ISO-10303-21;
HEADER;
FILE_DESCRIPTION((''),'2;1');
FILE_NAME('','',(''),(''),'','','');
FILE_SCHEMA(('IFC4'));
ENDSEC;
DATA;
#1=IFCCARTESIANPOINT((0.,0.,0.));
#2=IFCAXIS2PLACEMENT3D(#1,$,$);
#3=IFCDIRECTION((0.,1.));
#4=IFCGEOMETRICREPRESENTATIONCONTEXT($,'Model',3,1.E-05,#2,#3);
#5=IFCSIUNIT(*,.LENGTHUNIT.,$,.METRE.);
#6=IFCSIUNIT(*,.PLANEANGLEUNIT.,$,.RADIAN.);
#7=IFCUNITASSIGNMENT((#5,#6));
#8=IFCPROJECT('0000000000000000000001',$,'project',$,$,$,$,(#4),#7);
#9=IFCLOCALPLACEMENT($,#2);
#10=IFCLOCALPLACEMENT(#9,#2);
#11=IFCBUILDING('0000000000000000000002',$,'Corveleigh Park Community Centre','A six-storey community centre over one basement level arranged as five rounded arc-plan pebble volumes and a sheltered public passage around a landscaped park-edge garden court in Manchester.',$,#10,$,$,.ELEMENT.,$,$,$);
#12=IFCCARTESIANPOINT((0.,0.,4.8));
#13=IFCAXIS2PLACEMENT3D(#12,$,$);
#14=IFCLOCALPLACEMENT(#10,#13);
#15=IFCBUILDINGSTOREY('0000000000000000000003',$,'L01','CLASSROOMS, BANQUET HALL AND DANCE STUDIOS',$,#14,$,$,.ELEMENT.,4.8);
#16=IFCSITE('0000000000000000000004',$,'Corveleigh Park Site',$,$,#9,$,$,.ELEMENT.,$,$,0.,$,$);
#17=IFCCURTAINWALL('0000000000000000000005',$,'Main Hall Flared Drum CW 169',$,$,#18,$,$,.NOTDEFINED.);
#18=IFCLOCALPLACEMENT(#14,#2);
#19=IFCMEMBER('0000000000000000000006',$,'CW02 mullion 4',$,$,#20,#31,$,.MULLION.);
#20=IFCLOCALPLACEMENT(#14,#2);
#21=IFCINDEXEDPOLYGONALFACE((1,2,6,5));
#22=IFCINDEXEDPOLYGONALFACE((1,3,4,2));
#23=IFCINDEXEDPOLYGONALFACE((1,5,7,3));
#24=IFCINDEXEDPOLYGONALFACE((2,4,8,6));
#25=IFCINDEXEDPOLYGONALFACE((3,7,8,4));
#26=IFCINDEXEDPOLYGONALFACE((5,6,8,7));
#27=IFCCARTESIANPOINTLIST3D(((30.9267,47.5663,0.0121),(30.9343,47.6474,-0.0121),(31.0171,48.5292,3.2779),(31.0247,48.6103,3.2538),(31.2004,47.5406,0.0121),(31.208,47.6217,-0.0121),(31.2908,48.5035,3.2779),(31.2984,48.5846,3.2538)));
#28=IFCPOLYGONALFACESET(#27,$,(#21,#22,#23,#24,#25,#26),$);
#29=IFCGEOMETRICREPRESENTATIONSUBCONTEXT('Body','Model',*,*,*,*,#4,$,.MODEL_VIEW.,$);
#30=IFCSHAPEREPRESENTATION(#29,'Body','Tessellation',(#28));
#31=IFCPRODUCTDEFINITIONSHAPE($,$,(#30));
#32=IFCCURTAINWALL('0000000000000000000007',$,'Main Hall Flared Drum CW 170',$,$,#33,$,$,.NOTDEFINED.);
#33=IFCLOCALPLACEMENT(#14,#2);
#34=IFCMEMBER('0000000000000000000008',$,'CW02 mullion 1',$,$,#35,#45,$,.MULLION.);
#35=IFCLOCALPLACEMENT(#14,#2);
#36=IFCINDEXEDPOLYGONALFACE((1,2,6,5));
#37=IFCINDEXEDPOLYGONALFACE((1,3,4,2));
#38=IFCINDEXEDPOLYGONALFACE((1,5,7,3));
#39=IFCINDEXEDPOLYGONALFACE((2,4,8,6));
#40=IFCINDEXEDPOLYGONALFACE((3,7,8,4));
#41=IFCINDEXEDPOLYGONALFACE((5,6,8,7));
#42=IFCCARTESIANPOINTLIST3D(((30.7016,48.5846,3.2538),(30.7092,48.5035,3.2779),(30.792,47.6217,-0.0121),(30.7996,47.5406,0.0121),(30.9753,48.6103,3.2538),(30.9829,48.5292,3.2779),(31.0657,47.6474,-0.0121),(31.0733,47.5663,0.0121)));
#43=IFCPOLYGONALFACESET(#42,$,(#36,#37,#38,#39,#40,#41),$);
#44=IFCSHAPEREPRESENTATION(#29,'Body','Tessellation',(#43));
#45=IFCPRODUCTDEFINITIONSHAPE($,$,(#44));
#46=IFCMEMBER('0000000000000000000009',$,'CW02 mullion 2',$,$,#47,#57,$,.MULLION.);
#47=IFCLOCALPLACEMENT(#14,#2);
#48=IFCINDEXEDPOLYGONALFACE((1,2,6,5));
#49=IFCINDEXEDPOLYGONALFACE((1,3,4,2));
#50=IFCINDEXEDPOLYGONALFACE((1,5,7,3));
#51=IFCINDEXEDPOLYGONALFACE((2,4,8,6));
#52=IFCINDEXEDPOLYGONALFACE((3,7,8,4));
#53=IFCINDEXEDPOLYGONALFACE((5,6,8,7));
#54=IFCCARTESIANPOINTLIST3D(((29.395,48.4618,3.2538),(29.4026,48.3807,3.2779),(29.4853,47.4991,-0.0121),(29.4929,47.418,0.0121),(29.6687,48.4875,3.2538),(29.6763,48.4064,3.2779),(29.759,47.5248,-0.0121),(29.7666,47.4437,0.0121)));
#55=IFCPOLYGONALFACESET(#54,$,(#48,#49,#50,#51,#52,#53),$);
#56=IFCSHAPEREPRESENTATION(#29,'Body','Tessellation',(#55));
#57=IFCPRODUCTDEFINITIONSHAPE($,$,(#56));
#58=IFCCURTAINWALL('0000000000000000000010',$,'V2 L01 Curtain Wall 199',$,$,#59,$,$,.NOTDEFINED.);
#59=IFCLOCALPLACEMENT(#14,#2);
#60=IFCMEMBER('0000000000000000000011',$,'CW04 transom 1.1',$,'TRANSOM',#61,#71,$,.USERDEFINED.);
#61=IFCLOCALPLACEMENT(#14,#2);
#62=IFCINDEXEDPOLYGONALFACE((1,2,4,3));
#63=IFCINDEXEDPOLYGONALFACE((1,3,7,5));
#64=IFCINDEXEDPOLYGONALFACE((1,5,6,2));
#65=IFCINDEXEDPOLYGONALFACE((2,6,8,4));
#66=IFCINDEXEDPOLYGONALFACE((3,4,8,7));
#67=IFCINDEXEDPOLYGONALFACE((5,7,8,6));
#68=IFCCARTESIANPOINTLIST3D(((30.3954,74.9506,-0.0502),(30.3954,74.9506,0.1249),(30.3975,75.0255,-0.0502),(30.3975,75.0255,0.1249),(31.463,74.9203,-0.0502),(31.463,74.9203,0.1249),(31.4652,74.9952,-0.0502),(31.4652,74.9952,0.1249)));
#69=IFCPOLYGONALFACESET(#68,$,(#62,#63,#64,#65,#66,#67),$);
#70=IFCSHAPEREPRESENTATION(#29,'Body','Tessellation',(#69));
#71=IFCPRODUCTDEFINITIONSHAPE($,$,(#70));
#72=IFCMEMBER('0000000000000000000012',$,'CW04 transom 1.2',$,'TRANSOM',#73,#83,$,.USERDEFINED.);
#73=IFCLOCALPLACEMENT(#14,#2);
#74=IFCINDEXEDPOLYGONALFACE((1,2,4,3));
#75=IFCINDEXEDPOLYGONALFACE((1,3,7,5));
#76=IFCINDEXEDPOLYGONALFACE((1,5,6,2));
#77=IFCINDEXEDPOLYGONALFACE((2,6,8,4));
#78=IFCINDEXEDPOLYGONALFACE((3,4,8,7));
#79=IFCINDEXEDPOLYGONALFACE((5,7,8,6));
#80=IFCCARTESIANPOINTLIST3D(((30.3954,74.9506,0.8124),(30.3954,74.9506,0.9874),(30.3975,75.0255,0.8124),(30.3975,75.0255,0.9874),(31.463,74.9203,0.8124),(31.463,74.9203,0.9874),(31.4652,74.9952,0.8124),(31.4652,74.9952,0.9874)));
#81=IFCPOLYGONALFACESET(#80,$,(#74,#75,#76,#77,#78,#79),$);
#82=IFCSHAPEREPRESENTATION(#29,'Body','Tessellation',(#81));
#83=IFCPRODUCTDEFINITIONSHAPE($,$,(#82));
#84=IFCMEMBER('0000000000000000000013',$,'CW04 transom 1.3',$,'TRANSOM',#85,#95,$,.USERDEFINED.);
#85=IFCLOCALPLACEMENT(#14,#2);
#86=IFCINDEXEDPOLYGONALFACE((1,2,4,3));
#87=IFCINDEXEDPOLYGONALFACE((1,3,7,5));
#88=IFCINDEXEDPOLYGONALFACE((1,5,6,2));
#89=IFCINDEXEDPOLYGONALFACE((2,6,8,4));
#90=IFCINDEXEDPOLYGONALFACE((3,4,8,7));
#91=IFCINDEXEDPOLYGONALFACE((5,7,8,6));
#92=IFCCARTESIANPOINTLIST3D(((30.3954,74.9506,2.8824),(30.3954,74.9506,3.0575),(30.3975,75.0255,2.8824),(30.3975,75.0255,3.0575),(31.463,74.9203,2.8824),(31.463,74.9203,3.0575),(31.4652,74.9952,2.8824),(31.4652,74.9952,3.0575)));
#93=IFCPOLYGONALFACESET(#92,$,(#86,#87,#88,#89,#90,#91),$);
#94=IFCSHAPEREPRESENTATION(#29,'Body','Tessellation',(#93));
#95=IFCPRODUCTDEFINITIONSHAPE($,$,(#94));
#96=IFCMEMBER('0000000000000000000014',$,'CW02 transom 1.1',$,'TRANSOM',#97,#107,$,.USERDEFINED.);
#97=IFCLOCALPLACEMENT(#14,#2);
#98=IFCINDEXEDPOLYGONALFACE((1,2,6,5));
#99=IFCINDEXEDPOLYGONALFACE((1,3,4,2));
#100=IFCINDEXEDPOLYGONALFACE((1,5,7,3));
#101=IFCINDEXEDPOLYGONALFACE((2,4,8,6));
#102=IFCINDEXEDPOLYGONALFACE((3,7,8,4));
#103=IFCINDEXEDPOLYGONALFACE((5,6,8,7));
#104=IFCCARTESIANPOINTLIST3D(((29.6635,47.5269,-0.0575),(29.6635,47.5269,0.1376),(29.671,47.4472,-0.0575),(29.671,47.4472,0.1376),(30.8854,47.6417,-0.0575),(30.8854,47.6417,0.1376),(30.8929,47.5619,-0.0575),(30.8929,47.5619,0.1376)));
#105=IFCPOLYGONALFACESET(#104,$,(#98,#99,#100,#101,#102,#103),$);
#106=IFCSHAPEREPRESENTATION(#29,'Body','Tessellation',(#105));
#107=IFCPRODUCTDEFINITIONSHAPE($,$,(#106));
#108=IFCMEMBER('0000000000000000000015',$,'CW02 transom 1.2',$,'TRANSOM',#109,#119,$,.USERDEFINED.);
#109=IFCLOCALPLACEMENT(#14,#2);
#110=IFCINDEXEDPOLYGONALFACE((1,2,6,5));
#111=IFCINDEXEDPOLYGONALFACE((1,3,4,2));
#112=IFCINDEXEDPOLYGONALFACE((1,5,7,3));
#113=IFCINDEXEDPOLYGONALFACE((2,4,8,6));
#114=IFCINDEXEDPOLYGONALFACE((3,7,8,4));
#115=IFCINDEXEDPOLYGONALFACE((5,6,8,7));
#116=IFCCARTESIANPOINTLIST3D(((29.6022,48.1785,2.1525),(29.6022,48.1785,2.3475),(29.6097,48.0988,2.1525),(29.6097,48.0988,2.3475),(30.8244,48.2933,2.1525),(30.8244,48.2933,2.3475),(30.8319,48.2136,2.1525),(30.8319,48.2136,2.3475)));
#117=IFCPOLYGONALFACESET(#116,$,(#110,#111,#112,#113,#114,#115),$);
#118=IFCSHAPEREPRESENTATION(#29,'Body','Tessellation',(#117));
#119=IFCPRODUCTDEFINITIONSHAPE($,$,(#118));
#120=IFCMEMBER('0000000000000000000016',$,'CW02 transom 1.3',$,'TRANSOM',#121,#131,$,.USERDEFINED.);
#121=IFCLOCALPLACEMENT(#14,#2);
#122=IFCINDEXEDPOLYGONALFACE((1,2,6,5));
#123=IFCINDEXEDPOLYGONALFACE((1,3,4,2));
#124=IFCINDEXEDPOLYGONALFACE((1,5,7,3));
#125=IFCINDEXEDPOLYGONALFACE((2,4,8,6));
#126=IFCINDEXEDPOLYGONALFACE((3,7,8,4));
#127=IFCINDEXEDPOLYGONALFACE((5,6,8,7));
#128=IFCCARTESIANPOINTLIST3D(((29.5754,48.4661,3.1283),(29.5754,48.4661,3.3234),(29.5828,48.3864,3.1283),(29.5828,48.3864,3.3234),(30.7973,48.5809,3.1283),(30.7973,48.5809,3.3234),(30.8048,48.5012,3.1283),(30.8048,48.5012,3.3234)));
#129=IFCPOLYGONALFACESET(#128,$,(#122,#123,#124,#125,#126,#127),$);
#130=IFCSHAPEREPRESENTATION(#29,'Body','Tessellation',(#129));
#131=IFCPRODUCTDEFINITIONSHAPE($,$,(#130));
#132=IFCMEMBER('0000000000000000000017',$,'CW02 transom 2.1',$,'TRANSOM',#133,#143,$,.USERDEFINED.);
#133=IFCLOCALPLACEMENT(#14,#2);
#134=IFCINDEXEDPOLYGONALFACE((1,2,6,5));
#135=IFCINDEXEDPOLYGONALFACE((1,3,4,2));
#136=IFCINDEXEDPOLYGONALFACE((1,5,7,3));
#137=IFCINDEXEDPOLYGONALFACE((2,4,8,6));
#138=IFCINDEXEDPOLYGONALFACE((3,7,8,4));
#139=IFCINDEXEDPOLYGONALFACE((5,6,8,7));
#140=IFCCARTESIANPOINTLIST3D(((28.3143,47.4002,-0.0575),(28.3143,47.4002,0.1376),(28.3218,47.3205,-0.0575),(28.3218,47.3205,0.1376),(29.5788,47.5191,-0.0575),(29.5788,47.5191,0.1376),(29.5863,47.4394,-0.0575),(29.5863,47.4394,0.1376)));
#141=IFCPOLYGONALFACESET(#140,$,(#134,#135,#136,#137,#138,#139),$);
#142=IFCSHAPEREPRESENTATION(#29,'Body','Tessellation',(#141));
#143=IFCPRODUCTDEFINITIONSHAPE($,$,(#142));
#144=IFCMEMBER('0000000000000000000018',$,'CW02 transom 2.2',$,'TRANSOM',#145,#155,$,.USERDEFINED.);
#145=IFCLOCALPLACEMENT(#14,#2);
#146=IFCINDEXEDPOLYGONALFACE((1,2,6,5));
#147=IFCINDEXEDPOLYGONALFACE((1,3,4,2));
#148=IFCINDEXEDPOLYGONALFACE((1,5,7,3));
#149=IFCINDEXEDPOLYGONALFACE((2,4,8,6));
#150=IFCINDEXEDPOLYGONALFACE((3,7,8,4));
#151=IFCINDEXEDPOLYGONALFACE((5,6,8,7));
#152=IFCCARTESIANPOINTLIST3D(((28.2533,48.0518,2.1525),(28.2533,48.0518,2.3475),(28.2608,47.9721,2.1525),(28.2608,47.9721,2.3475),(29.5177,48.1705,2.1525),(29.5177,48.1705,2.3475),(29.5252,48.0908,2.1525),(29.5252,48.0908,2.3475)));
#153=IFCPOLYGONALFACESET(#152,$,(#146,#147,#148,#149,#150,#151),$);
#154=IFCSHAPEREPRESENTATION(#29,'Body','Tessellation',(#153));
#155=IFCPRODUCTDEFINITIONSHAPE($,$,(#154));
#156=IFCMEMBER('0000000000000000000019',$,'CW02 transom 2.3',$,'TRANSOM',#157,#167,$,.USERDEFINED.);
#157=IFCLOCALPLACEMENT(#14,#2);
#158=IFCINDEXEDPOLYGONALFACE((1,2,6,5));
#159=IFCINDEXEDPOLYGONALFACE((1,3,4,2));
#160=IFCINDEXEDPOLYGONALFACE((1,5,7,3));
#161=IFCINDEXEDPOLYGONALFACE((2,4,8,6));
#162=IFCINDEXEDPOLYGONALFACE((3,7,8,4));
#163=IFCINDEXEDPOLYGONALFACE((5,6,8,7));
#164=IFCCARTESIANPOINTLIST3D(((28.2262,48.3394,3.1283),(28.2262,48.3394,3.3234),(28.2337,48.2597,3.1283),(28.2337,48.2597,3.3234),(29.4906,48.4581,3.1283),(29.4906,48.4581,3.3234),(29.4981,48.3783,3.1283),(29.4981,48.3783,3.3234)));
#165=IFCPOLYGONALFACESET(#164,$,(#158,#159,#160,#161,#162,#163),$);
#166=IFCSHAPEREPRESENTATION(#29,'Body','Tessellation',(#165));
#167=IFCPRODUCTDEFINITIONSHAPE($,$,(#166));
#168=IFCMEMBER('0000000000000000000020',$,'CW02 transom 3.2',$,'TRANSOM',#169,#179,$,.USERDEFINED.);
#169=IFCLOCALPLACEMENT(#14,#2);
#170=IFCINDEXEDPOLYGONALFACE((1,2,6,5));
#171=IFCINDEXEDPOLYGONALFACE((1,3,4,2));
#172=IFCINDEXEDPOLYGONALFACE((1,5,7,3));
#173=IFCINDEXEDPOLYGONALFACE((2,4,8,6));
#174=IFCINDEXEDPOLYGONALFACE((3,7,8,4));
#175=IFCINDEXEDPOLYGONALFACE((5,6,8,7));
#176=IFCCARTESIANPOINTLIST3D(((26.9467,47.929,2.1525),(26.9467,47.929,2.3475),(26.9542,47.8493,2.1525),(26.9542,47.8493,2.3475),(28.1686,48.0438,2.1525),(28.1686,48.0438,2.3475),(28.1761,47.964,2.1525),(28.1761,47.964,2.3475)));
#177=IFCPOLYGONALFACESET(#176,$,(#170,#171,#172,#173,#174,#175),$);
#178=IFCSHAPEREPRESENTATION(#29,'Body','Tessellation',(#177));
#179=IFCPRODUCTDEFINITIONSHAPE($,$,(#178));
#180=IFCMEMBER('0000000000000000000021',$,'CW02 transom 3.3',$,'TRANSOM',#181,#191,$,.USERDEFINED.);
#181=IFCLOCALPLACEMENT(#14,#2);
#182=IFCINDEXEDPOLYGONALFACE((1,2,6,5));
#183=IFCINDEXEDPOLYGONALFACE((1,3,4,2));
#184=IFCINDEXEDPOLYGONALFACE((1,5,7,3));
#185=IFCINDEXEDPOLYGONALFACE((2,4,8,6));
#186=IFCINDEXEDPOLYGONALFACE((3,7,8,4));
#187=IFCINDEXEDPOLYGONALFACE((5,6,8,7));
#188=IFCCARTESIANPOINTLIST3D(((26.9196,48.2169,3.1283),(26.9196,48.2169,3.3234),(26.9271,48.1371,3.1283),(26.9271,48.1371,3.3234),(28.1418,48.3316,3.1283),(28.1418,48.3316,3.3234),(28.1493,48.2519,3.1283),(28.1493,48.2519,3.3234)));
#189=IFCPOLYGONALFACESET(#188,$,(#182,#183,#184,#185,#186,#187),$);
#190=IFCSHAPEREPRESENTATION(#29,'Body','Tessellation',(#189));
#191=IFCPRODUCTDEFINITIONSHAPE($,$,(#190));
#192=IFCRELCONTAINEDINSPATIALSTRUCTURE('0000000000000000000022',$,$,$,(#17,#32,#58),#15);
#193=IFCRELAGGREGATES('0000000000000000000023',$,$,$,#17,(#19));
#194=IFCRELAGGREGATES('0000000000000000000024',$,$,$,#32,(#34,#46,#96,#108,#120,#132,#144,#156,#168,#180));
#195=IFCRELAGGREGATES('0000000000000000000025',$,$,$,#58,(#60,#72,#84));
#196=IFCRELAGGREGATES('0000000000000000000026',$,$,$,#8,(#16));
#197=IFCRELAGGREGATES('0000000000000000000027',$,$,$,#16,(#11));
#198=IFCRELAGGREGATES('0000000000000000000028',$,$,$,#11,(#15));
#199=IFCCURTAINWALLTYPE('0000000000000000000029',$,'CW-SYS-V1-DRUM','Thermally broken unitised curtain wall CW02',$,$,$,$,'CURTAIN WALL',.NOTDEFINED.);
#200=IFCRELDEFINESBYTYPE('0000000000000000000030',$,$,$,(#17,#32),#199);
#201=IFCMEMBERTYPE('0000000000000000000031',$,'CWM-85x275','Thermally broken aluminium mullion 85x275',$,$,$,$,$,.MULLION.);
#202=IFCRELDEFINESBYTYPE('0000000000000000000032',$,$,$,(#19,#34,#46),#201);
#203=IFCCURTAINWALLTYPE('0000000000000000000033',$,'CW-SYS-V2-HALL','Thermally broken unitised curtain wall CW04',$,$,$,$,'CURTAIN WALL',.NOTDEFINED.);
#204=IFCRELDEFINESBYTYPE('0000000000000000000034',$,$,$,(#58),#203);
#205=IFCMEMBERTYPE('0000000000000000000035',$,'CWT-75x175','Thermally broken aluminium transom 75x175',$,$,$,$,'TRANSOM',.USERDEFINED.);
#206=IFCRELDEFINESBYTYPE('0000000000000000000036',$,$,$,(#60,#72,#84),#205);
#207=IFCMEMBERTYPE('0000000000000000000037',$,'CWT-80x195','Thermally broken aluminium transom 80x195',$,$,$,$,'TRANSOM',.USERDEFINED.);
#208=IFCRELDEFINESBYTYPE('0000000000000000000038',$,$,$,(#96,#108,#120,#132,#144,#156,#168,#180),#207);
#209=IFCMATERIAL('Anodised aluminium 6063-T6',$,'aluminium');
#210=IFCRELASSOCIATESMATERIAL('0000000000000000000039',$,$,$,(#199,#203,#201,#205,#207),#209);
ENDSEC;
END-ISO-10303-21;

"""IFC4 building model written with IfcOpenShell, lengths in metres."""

from ifc_helpers import new_model, si_unit, direction, frame, origin, origin_2d, place, context, subcontext, project, spatial, rectangle, extrude, material, material_profile, profile_set, type_object, element, aggregate, save


model = new_model("IFC4")

# Units and contexts
model_context = context("Model", 3, precision=1e-05, world=origin(), true_north=direction((0.0, 1.0)))
body_context = subcontext(model_context, "Body", "Model", "MODEL_VIEW")
ifc_project = project(units=[si_unit("LENGTHUNIT", "METRE"), si_unit("PLANEANGLEUNIT", "RADIAN")], contexts=[model_context])

# Site, building, storey
site_placement = place(None, origin())
site = spatial("IfcSite", under=ifc_project, at=site_placement, Name="Corveleigh Park Site", CompositionType="ELEMENT", RefElevation=0.0)
building_placement = place(site_placement, origin())
building = spatial("IfcBuilding", under=site, at=building_placement, Name="Corveleigh Park Community Centre", Description="A six-storey community centre over one basement level arranged as five rounded arc-plan pebble volumes and a sheltered public passage around a landscaped park-edge garden court in Manchester.", CompositionType="ELEMENT")
storey_placement = place(building_placement, frame((0.0, 0.0, 4.8)))
storey = spatial("IfcBuildingStorey", under=building, at=storey_placement, Name="L01", Description="CLASSROOMS, BANQUET HALL AND DANCE STUDIOS", CompositionType="ELEMENT", Elevation=4.8)

# Curtain wall, member
ifc_material_1 = material(Name="Anodised aluminium 6063-T6", Category="aluminium")
curtain_wall_type_1 = type_object("IfcCurtainWallType", Name="CW-SYS-V1-DRUM", Description="Thermally broken unitised curtain wall CW02", ElementType="CURTAIN WALL", PredefinedType="NOTDEFINED", material=ifc_material_1)
curtain_wall_1_placement = place(storey_placement, origin())
curtain_wall_1 = element("IfcCurtainWall", 1, at=curtain_wall_1_placement, inside=storey, type_object=curtain_wall_type_1, Name="Main Hall Flared Drum CW 169", PredefinedType="NOTDEFINED")
ifc_material_profile_1 = material_profile(ifc_material_1, rectangle(XDim=0.085, YDim=0.2749, at=origin_2d()), Name="ALU-M85x275", Category="aluminium")
ifc_profile_set_1 = profile_set([ifc_material_profile_1], Name="Anodised aluminium 6063-T6")
member_type_1 = type_object("IfcMemberType", Name="CWM-85x275", Description="Thermally broken aluminium mullion 85x275", PredefinedType="MULLION", material=ifc_profile_set_1)
member_1_placement = place(storey_placement, frame((31.0674, 47.594, 0.0), z_axis=(0.026521, 0.2827, 0.958842), x_axis=(-0.089559, -0.95465, 0.283941)))
member_1 = element("IfcMember", 2, at=member_1_placement, type_object=member_type_1, Name="CW02 mullion 4", PredefinedType="MULLION", context=body_context, shape_type="SweptSolid", body=[
    extrude(rectangle(XDim=0.085, YDim=0.2749, at=origin_2d()), origin(), (0.0, 0.0, 1.0), 3.406),
])
aggregate(curtain_wall_1, [member_1])

# Curtain walls, members
curtain_wall_2_placement = place(storey_placement, origin())
curtain_wall_2 = element("IfcCurtainWall", 3, at=curtain_wall_2_placement, inside=storey, type_object=curtain_wall_type_1, Name="Main Hall Flared Drum CW 170", PredefinedType="NOTDEFINED")
member_2_placement = place(storey_placement, frame((30.9326, 47.594, 0.0), z_axis=(-0.026521, 0.2827, 0.958842), x_axis=(0.089559, -0.95465, 0.283941)))
member_2 = element("IfcMember", 4, at=member_2_placement, type_object=member_type_1, Name="CW02 mullion 1", PredefinedType="MULLION", context=body_context, shape_type="SweptSolid", body=[
    extrude(rectangle(XDim=0.085, YDim=0.2749, at=origin_2d()), origin(), (0.0, 0.0, 1.0), 3.406),
])
member_3_placement = place(storey_placement, frame((29.626, 47.4714, 0.0), z_axis=(-0.026522, 0.282634, 0.958861), x_axis=(0.089583, -0.954667, 0.283875)))
member_3 = element("IfcMember", 5, at=member_3_placement, type_object=member_type_1, Name="CW02 mullion 2", PredefinedType="MULLION", context=body_context, shape_type="SweptSolid", body=[
    extrude(rectangle(XDim=0.085, YDim=0.2749, at=origin_2d()), origin(), (0.0, 0.0, 1.0), 3.406),
])
curtain_wall_type_2 = type_object("IfcCurtainWallType", Name="CW-SYS-V2-HALL", Description="Thermally broken unitised curtain wall CW04", ElementType="CURTAIN WALL", PredefinedType="NOTDEFINED", material=ifc_material_1)
curtain_wall_3_placement = place(storey_placement, origin())
curtain_wall_3 = element("IfcCurtainWall", 6, at=curtain_wall_3_placement, inside=storey, type_object=curtain_wall_type_2, Name="V2 L01 Curtain Wall 199", PredefinedType="NOTDEFINED")
ifc_material_profile_2 = material_profile(ifc_material_1, rectangle(XDim=0.075, YDim=0.175, at=origin_2d()), Name="ALU-T75x175", Category="aluminium")
ifc_profile_set_2 = profile_set([ifc_material_profile_2], Name="Anodised aluminium 6063-T6")
member_type_2 = type_object("IfcMemberType", Name="CWT-75x175", Description="Thermally broken aluminium transom 75x175", ElementType="TRANSOM", PredefinedType="USERDEFINED", material=ifc_profile_set_2)
member_4_placement = place(storey_placement, frame((31.4641, 74.9578, 0.0374), z_axis=(-0.999598, 0.028344, 0.0), x_axis=(-0.028344, -0.999598, 0.0)))
member_4 = element("IfcMember", 7, at=member_4_placement, type_object=member_type_2, Name="CW04 transom 1.1", ObjectType="TRANSOM", PredefinedType="USERDEFINED", context=body_context, shape_type="SweptSolid", body=[
    extrude(rectangle(XDim=0.075, YDim=0.175, at=origin_2d()), origin(), (0.0, 0.0, 1.0), 1.0681),
])
member_5_placement = place(storey_placement, frame((31.4641, 74.9578, 0.8999), z_axis=(-0.999598, 0.028344, 0.0), x_axis=(-0.028344, -0.999598, 0.0)))
member_5 = element("IfcMember", 8, at=member_5_placement, type_object=member_type_2, Name="CW04 transom 1.2", ObjectType="TRANSOM", PredefinedType="USERDEFINED", context=body_context, shape_type="SweptSolid", body=[
    extrude(rectangle(XDim=0.075, YDim=0.175, at=origin_2d()), origin(), (0.0, 0.0, 1.0), 1.0681),
])
member_6_placement = place(storey_placement, frame((31.4641, 74.9578, 2.97), z_axis=(-0.999598, 0.028344, 0.0), x_axis=(-0.028344, -0.999598, 0.0)))
member_6 = element("IfcMember", 9, at=member_6_placement, type_object=member_type_2, Name="CW04 transom 1.3", ObjectType="TRANSOM", PredefinedType="USERDEFINED", context=body_context, shape_type="SweptSolid", body=[
    extrude(rectangle(XDim=0.075, YDim=0.175, at=origin_2d()), origin(), (0.0, 0.0, 1.0), 1.0681),
])

# Members
ifc_material_profile_3 = material_profile(ifc_material_1, rectangle(XDim=0.0801, YDim=0.1951, at=origin_2d()), Name="ALU-T80x195", Category="aluminium")
ifc_profile_set_3 = profile_set([ifc_material_profile_3], Name="Anodised aluminium 6063-T6")
member_type_3 = type_object("IfcMemberType", Name="CWT-80x195", Description="Thermally broken aluminium transom 80x195", ElementType="TRANSOM", PredefinedType="USERDEFINED", material=ifc_profile_set_3)
member_7_placement = place(storey_placement, frame((30.8892, 47.6018, 0.04), z_axis=(-0.99562, -0.093495, 0.0), x_axis=(0.093495, -0.99562, 0.0)))
member_7 = element("IfcMember", 10, at=member_7_placement, type_object=member_type_3, Name="CW02 transom 1.1", ObjectType="TRANSOM", PredefinedType="USERDEFINED", context=body_context, shape_type="SweptSolid", body=[
    extrude(rectangle(XDim=0.0801, YDim=0.1951, at=origin_2d()), origin(), (0.0, 0.0, 1.0), 1.2273),
])
member_8_placement = place(storey_placement, frame((30.8281, 48.2534, 2.25), z_axis=(-0.995622, -0.093476, 0.0), x_axis=(0.093476, -0.995622, 0.0)))
member_8 = element("IfcMember", 11, at=member_8_placement, type_object=member_type_3, Name="CW02 transom 1.2", ObjectType="TRANSOM", PredefinedType="USERDEFINED", context=body_context, shape_type="SweptSolid", body=[
    extrude(rectangle(XDim=0.0801, YDim=0.1951, at=origin_2d()), origin(), (0.0, 0.0, 1.0), 1.2275),
])
member_9_placement = place(storey_placement, frame((30.801, 48.541, 3.2258), z_axis=(-0.99562, -0.093495, 0.0), x_axis=(0.093495, -0.99562, 0.0)))
member_9 = element("IfcMember", 12, at=member_9_placement, type_object=member_type_3, Name="CW02 transom 1.3", ObjectType="TRANSOM", PredefinedType="USERDEFINED", context=body_context, shape_type="SweptSolid", body=[
    extrude(rectangle(XDim=0.0801, YDim=0.1951, at=origin_2d()), origin(), (0.0, 0.0, 1.0), 1.2273),
])
member_10_placement = place(storey_placement, frame((29.5825, 47.4792, 0.04), z_axis=(-0.995608, -0.093621, 0.0), x_axis=(0.093621, -0.995608, 0.0)))
member_10 = element("IfcMember", 13, at=member_10_placement, type_object=member_type_3, Name="CW02 transom 2.1", ObjectType="TRANSOM", PredefinedType="USERDEFINED", context=body_context, shape_type="SweptSolid", body=[
    extrude(rectangle(XDim=0.0801, YDim=0.1951, at=origin_2d()), origin(), (0.0, 0.0, 1.0), 1.27),
])
member_11_placement = place(storey_placement, frame((29.5215, 48.1306, 2.25), z_axis=(-0.995626, -0.09343, 0.0), x_axis=(0.09343, -0.995626, 0.0)))
member_11 = element("IfcMember", 14, at=member_11_placement, type_object=member_type_3, Name="CW02 transom 2.2", ObjectType="TRANSOM", PredefinedType="USERDEFINED", context=body_context, shape_type="SweptSolid", body=[
    extrude(rectangle(XDim=0.0801, YDim=0.1951, at=origin_2d()), origin(), (0.0, 0.0, 1.0), 1.27),
])
member_12_placement = place(storey_placement, frame((29.4944, 48.4182, 3.2258), z_axis=(-0.995626, -0.09343, 0.0), x_axis=(0.09343, -0.995626, 0.0)))
member_12 = element("IfcMember", 15, at=member_12_placement, type_object=member_type_3, Name="CW02 transom 2.3", ObjectType="TRANSOM", PredefinedType="USERDEFINED", context=body_context, shape_type="SweptSolid", body=[
    extrude(rectangle(XDim=0.0801, YDim=0.1951, at=origin_2d()), origin(), (0.0, 0.0, 1.0), 1.27),
])
member_13_placement = place(storey_placement, frame((28.1724, 48.0039, 2.25), z_axis=(-0.99562, -0.093495, 0.0), x_axis=(0.093495, -0.99562, 0.0)))
member_13 = element("IfcMember", 16, at=member_13_placement, type_object=member_type_3, Name="CW02 transom 3.2", ObjectType="TRANSOM", PredefinedType="USERDEFINED", context=body_context, shape_type="SweptSolid", body=[
    extrude(rectangle(XDim=0.0801, YDim=0.1951, at=origin_2d()), origin(), (0.0, 0.0, 1.0), 1.2273),
])
member_14_placement = place(storey_placement, frame((28.1455, 48.2917, 3.2258), z_axis=(-0.995622, -0.093476, 0.0), x_axis=(0.093476, -0.995622, 0.0)))
member_14 = element("IfcMember", 17, at=member_14_placement, type_object=member_type_3, Name="CW02 transom 3.3", ObjectType="TRANSOM", PredefinedType="USERDEFINED", context=body_context, shape_type="SweptSolid", body=[
    extrude(rectangle(XDim=0.0801, YDim=0.1951, at=origin_2d()), origin(), (0.0, 0.0, 1.0), 1.2275),
])

aggregate(curtain_wall_2, [member_2, member_3, member_7, member_8, member_9, member_10, member_11, member_12, member_13, member_14])
aggregate(curtain_wall_3, [member_4, member_5, member_6])

save(model, "model.ifc")
